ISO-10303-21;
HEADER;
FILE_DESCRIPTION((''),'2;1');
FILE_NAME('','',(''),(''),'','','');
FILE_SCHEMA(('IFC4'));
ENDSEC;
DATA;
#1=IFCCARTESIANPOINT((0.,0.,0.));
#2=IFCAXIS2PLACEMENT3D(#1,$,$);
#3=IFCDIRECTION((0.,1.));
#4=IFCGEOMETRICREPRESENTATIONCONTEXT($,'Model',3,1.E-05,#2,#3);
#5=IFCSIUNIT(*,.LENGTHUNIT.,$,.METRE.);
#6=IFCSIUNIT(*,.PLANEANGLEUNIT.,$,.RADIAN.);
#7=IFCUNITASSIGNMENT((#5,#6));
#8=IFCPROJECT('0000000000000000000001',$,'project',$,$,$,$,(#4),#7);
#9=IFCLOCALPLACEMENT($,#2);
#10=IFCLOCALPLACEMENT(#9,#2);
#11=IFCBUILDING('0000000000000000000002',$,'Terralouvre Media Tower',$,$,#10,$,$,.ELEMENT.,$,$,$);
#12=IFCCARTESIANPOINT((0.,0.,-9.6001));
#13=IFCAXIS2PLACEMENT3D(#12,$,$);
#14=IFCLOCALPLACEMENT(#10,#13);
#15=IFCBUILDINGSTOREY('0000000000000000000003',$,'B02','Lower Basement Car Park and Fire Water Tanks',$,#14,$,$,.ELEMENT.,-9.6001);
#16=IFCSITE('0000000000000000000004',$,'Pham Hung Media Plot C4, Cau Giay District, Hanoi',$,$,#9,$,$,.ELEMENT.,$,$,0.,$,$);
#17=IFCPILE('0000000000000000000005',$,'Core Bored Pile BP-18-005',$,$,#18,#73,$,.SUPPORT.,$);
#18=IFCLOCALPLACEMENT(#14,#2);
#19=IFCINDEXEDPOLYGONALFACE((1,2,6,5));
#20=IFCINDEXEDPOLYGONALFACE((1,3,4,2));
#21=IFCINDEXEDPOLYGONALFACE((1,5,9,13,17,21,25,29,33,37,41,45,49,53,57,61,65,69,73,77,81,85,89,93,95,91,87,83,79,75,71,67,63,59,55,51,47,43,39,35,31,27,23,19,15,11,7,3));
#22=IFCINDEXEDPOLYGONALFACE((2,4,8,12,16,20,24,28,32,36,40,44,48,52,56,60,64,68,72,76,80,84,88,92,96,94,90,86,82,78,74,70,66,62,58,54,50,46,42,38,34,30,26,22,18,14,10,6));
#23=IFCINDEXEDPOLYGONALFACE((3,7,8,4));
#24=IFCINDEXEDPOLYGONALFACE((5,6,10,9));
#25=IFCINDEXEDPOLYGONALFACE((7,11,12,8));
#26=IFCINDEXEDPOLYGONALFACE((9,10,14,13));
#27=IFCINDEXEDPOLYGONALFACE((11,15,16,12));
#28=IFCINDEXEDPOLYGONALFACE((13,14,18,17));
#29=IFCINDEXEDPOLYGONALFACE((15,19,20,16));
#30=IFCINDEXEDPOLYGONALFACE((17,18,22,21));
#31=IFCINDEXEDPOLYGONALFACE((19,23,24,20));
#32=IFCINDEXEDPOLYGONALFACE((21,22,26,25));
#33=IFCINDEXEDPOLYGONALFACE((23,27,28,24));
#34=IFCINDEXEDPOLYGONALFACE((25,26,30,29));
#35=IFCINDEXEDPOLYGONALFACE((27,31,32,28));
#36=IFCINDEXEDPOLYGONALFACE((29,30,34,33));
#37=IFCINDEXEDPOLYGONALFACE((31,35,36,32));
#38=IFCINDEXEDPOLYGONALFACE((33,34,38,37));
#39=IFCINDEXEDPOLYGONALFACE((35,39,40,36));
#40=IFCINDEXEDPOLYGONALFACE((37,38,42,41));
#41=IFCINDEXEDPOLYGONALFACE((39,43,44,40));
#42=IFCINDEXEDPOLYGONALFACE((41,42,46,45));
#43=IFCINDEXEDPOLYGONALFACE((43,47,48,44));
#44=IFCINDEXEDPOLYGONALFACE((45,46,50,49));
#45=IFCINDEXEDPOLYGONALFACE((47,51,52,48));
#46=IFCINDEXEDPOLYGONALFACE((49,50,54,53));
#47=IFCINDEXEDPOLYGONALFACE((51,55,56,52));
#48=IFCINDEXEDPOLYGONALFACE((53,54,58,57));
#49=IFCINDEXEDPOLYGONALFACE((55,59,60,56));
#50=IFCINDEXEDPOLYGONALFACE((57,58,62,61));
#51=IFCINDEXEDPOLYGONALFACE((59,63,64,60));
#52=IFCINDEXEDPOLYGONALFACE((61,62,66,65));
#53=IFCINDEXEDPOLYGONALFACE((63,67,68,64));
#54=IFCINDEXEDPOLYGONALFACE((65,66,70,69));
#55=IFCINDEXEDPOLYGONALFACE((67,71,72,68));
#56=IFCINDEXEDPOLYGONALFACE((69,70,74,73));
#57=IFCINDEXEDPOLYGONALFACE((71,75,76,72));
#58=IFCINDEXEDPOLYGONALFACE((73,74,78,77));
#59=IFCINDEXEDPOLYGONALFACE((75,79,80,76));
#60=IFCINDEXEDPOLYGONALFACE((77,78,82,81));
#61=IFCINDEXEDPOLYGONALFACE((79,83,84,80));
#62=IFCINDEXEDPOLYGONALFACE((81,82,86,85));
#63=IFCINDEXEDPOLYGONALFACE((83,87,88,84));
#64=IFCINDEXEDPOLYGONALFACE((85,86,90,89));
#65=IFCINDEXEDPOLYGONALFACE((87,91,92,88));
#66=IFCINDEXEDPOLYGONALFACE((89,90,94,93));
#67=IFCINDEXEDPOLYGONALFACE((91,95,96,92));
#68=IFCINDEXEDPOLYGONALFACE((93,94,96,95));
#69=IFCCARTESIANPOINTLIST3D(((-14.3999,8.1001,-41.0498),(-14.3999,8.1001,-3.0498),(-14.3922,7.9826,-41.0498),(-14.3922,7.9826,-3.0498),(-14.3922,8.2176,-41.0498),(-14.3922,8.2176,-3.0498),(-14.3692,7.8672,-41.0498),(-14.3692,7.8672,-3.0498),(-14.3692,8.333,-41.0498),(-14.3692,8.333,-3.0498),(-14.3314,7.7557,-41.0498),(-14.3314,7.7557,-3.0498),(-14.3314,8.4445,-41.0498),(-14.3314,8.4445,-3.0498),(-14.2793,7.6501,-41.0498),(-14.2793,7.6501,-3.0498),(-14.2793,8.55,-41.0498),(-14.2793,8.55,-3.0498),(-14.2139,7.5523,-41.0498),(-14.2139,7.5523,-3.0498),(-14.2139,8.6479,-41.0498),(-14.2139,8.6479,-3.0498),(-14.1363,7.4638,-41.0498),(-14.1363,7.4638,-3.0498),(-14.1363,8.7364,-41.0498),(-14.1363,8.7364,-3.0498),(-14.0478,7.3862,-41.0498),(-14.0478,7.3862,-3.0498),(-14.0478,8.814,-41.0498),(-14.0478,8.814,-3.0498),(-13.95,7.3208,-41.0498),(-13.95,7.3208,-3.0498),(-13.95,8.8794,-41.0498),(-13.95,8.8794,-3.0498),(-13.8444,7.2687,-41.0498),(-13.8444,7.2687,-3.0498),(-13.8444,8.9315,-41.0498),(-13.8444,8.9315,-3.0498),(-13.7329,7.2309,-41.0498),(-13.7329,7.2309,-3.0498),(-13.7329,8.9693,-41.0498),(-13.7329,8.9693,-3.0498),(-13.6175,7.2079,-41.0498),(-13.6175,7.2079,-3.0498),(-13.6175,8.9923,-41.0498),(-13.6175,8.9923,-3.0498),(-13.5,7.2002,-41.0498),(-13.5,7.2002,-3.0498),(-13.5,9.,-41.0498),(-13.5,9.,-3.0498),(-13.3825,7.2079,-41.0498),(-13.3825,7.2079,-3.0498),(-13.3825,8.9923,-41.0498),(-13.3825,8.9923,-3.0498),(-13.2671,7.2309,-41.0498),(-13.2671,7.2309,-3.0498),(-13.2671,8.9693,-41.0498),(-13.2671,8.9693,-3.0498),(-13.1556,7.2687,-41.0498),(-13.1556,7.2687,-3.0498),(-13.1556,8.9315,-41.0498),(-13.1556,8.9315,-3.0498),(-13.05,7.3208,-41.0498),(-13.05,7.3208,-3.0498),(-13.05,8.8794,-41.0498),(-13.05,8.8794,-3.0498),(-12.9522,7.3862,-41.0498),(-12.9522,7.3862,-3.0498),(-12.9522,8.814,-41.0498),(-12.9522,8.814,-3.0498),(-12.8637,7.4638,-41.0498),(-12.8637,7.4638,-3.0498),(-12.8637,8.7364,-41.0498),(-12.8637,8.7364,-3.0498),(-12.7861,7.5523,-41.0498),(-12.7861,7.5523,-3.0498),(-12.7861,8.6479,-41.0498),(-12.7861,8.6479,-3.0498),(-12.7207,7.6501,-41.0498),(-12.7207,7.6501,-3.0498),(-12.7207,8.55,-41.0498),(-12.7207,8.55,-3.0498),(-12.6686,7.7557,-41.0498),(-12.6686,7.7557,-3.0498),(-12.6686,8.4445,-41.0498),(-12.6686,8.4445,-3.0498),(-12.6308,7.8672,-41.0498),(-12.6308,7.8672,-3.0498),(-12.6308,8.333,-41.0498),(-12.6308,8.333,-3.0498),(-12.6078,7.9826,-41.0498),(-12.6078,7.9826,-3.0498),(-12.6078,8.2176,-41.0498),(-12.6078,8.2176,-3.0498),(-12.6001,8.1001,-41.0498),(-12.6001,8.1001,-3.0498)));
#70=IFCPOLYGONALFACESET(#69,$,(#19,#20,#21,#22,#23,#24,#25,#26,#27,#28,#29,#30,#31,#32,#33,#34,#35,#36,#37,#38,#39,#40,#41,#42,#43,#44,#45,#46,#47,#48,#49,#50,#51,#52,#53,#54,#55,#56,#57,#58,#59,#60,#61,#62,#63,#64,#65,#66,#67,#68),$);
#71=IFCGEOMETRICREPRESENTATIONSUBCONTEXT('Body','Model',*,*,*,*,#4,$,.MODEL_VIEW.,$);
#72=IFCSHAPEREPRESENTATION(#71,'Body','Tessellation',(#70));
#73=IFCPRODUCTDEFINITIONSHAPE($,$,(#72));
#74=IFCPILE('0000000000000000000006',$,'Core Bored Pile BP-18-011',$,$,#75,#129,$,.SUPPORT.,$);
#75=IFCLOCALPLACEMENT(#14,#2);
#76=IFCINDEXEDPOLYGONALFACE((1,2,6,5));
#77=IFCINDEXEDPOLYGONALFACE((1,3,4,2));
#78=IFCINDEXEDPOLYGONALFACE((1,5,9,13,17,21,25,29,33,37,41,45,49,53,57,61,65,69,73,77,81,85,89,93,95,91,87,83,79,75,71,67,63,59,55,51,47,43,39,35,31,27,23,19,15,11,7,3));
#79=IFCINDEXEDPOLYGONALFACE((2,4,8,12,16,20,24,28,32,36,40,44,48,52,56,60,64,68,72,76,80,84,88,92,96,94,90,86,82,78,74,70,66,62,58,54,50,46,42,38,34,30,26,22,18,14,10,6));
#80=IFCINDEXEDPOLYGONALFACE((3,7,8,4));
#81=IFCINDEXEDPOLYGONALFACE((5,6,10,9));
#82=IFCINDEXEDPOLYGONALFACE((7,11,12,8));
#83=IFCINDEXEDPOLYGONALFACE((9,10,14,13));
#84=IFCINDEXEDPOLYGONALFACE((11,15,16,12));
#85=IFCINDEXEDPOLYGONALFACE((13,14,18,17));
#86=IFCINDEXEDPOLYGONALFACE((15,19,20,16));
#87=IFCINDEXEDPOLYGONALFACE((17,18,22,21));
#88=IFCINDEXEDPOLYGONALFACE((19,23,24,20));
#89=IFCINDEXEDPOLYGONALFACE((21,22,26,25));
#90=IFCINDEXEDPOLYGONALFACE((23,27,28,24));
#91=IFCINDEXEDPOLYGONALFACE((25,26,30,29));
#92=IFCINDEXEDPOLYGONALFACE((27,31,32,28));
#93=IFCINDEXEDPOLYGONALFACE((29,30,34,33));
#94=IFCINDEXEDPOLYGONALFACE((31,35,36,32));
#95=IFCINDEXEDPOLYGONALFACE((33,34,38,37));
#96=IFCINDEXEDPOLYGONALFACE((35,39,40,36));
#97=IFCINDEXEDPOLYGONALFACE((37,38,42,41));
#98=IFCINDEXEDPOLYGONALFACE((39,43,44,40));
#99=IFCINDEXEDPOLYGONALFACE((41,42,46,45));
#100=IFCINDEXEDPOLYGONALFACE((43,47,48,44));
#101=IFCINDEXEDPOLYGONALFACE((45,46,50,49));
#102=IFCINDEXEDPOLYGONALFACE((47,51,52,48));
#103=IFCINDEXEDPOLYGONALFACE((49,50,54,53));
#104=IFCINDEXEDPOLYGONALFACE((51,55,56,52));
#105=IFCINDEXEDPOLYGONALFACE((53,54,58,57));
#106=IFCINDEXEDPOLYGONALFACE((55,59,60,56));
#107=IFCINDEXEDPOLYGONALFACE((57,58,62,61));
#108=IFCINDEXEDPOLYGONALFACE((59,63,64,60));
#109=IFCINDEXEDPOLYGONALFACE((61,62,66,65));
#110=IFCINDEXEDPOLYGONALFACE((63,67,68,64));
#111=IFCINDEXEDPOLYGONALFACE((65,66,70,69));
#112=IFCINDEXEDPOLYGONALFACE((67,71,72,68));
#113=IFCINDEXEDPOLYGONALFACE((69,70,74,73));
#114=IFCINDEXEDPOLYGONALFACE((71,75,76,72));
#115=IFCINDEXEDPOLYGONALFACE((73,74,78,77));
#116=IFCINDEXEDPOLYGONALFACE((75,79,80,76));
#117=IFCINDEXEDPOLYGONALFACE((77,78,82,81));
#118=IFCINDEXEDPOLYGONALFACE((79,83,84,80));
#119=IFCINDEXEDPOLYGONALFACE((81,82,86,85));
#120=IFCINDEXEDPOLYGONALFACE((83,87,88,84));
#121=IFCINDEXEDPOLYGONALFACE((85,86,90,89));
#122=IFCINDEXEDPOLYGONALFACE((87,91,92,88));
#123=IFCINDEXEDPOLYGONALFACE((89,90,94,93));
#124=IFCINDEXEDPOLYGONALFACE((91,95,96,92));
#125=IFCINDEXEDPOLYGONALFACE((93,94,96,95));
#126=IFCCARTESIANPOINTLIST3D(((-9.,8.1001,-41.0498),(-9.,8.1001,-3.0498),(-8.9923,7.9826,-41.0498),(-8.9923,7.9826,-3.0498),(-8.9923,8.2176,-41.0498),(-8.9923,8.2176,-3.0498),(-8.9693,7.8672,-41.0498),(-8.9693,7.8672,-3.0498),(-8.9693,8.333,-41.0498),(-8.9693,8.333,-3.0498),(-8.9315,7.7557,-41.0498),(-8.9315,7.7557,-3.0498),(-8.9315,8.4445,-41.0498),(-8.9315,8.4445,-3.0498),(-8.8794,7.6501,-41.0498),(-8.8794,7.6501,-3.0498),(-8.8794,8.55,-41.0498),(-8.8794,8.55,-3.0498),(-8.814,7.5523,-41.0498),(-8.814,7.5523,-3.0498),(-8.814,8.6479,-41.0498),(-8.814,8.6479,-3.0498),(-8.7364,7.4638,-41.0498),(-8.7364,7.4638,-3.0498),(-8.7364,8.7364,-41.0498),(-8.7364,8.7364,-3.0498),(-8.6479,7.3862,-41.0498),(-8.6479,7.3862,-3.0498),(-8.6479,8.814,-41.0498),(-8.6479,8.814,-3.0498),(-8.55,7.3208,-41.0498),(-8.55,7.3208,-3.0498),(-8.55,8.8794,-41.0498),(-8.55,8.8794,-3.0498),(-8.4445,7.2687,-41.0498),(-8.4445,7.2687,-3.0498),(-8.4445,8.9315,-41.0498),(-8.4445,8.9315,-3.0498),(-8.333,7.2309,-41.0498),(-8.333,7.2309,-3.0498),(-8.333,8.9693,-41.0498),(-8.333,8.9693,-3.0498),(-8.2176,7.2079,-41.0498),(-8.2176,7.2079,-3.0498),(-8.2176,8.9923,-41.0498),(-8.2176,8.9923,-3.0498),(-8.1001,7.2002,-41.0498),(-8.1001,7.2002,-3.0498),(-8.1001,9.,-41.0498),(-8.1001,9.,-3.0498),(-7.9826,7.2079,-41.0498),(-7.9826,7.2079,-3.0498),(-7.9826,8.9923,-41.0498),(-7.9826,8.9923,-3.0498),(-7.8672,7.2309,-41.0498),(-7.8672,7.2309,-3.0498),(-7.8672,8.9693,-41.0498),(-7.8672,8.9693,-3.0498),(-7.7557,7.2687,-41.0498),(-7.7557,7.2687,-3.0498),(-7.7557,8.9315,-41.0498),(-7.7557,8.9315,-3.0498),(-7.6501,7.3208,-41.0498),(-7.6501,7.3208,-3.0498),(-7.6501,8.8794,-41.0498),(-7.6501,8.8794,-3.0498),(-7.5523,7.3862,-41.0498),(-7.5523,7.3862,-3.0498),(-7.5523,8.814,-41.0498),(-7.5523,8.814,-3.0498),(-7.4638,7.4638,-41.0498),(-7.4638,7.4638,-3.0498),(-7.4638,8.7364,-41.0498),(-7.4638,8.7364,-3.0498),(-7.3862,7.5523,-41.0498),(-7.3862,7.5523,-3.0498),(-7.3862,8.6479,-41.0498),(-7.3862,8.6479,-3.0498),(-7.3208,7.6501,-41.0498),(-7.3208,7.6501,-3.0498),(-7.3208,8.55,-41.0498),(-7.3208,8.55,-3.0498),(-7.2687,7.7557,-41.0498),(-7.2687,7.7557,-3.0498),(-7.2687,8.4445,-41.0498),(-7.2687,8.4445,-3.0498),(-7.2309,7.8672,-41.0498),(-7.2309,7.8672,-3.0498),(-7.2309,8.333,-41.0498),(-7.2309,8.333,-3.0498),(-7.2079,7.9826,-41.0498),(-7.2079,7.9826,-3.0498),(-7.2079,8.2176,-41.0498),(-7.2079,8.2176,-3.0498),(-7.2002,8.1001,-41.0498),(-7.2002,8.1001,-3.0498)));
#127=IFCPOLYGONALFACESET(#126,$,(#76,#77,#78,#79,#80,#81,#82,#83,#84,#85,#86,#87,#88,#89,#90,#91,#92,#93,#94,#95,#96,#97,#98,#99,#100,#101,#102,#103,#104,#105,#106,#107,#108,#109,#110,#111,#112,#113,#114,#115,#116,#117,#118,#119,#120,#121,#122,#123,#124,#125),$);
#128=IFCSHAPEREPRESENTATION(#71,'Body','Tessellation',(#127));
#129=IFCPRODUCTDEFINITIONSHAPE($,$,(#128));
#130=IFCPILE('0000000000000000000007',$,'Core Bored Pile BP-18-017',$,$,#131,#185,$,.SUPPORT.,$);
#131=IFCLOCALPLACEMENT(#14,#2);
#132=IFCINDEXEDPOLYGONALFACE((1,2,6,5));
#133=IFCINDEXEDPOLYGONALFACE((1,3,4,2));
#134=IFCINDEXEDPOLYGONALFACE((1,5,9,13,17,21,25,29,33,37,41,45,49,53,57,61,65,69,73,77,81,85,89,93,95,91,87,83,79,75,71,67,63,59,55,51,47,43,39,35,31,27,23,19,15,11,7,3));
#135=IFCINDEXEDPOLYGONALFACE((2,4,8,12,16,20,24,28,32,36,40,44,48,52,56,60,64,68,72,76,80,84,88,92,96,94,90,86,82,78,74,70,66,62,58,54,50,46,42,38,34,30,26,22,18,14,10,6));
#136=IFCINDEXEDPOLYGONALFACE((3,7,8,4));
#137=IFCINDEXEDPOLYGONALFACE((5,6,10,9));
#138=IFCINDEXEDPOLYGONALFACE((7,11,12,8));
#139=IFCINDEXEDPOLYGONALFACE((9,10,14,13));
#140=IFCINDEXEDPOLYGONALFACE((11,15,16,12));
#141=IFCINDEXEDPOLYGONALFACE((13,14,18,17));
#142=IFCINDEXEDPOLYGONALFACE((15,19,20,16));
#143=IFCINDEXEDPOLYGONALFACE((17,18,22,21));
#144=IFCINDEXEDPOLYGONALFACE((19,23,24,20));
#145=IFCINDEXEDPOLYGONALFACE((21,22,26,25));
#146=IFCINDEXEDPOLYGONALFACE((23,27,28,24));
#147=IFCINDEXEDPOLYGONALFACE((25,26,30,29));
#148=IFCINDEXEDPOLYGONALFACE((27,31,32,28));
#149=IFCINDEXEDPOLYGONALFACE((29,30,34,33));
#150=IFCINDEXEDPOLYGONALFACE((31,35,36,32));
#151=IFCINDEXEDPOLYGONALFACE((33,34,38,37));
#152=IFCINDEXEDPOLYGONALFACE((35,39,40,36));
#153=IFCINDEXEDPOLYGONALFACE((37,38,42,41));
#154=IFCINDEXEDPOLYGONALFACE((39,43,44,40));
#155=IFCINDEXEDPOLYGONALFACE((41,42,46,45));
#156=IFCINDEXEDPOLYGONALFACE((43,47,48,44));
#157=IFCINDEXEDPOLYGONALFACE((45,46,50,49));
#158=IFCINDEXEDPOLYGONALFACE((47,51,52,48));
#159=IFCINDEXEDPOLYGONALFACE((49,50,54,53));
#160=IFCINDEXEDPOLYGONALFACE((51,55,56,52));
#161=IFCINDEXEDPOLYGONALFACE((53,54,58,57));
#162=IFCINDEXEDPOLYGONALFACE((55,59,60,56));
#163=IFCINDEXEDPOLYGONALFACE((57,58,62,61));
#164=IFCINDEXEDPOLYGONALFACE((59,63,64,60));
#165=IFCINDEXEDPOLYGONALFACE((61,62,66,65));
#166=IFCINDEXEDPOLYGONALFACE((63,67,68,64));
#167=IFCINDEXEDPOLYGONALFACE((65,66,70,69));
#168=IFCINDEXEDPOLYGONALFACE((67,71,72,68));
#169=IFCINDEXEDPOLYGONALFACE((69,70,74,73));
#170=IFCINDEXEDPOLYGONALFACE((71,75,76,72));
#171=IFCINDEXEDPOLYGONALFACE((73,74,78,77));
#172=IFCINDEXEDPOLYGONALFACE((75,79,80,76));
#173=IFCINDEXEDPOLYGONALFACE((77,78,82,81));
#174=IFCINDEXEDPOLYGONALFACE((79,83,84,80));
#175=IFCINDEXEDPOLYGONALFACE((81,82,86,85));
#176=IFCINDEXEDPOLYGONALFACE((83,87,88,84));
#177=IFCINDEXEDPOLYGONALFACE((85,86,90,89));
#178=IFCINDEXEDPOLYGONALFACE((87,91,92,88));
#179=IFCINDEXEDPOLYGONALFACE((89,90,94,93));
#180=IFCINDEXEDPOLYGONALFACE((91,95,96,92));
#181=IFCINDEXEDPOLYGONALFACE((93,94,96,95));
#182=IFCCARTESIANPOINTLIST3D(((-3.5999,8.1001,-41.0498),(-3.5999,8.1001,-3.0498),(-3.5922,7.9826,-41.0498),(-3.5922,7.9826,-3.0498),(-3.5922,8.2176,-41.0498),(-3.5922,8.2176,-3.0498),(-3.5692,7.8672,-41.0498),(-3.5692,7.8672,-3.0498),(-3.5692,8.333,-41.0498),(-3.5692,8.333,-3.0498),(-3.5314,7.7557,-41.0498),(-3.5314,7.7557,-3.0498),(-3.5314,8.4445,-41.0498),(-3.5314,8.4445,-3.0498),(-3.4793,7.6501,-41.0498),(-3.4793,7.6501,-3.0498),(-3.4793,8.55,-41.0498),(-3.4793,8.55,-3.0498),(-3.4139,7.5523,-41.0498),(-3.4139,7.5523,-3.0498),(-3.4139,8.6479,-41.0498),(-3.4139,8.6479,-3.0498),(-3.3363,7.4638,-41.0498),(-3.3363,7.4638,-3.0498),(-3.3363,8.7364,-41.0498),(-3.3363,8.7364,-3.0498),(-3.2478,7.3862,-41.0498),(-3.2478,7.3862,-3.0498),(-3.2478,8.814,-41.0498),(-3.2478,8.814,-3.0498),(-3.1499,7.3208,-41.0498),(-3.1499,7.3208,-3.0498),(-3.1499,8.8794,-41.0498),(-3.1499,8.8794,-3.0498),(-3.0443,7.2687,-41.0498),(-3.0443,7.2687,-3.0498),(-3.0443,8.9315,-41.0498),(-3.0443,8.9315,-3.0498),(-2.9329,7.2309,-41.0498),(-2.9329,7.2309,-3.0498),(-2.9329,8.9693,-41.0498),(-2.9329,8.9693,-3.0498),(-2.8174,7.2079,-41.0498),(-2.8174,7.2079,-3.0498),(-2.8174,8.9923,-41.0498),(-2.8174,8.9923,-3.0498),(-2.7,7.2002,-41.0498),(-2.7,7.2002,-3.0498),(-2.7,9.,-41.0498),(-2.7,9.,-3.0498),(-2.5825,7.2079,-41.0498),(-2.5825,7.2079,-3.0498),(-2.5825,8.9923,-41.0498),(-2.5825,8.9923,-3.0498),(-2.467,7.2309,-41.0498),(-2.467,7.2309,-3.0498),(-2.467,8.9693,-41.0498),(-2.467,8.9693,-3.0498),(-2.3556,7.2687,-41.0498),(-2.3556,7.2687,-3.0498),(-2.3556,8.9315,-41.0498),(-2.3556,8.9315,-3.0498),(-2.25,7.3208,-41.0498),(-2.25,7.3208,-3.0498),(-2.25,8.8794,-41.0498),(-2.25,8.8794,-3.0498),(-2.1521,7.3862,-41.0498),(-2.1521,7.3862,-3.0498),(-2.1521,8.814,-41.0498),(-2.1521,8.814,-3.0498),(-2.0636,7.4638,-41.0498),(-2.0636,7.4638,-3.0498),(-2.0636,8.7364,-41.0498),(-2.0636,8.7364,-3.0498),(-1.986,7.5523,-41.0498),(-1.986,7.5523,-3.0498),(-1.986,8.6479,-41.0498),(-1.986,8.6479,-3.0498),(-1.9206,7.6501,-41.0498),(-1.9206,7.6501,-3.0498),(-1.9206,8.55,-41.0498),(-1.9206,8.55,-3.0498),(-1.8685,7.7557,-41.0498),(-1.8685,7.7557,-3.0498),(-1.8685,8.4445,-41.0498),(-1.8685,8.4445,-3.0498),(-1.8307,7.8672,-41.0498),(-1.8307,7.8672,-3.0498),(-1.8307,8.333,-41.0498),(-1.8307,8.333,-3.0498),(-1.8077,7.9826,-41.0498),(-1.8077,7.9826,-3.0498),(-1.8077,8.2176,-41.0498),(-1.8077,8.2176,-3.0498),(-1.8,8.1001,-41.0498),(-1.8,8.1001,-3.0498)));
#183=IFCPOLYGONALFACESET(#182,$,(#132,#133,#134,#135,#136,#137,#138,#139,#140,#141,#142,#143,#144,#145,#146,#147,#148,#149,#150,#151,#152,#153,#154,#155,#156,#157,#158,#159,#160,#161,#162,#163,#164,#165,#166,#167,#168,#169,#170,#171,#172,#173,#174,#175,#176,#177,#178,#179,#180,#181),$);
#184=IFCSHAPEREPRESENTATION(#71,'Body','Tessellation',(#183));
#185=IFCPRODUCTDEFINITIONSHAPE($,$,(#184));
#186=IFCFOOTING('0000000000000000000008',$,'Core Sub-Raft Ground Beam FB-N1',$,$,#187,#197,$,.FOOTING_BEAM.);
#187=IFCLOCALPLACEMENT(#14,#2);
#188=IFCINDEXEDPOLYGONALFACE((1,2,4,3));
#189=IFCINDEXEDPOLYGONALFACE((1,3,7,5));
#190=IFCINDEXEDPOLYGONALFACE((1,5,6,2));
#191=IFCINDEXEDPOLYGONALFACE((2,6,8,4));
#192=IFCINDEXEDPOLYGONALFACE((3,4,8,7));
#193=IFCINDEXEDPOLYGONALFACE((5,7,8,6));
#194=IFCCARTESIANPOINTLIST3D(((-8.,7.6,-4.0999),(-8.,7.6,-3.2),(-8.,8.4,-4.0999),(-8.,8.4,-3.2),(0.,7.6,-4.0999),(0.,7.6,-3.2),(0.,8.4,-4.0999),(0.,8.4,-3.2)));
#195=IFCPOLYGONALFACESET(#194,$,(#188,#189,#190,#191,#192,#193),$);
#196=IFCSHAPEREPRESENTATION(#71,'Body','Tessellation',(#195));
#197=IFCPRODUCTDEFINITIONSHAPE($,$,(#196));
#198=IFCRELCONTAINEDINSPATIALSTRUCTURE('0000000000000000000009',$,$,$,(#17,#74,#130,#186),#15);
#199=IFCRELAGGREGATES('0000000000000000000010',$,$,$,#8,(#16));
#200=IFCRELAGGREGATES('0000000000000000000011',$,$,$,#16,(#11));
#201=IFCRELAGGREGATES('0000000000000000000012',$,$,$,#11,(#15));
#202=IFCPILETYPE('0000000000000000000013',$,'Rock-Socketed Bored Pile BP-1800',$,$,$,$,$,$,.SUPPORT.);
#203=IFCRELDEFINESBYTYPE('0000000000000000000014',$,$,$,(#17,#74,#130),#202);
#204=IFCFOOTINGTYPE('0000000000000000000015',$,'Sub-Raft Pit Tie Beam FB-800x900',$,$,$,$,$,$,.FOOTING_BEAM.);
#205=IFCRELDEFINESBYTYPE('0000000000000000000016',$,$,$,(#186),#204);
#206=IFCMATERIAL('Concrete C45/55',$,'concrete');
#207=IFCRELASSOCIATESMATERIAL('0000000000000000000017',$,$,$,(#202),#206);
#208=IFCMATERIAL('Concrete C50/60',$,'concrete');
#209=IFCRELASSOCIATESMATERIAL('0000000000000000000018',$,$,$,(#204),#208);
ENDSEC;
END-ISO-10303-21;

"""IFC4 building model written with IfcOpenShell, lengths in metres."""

from ifc_helpers import new_model, si_unit, direction, frame, origin, origin_2d, place, context, subcontext, project, spatial, rectangle, circle, extrude, material, material_profile, profile_set, type_object, element, save


model = new_model("IFC4")

# Units and contexts
model_context = context("Model", 3, precision=1e-05, world=origin(), true_north=direction((0.0, 1.0)))
body_context = subcontext(model_context, "Body", "Model", "MODEL_VIEW")
ifc_project = project(units=[si_unit("LENGTHUNIT", "METRE"), si_unit("PLANEANGLEUNIT", "RADIAN")], contexts=[model_context])

# Site, building, storey
site_placement = place(None, origin())
site = spatial("IfcSite", under=ifc_project, at=site_placement, Name="Pham Hung Media Plot C4, Cau Giay District, Hanoi", CompositionType="ELEMENT", RefElevation=0.0)
building_placement = place(site_placement, origin())
building = spatial("IfcBuilding", under=site, at=building_placement, Name="Terralouvre Media Tower", CompositionType="ELEMENT")
storey_placement = place(building_placement, frame((0.0, 0.0, -9.6001)))
storey = spatial("IfcBuildingStorey", under=building, at=storey_placement, Name="B02", Description="Lower Basement Car Park and Fire Water Tanks", CompositionType="ELEMENT", Elevation=-9.6001)

# Piles
ifc_material_1 = material(Name="Concrete C45/55", Category="concrete")
ifc_material_profile_1 = material_profile(ifc_material_1, circle(Radius=0.8999, at=origin_2d()), Name="BORED PILE 1800")
ifc_profile_set_1 = profile_set([ifc_material_profile_1], Name="Concrete C45/55")
pile_type = type_object("IfcPileType", Name="Rock-Socketed Bored Pile BP-1800", PredefinedType="SUPPORT", material=ifc_profile_set_1)
for number, where, z_axis, x_axis, name in (
    (1, (-13.5, 8.1001, -3.0498), (0.0, 0.0, -1.0), (1.0, 0.0, 0.0), "Core Bored Pile BP-18-005"),
    (2, (-8.1001, 8.1001, -3.0498), (0.0, 0.0, -1.0), (1.0, 0.0, 0.0), "Core Bored Pile BP-18-011"),
    (3, (-2.7, 8.1001, -3.0498), (0.0, 0.0, -1.0), (1.0, 0.0, 0.0), "Core Bored Pile BP-18-017"),
):
    element("IfcPile", number, at=place(storey_placement, frame(where, z_axis=z_axis, x_axis=x_axis)), inside=storey, type_object=pile_type, Name=name, PredefinedType="SUPPORT", context=body_context, shape_type="SweptSolid", body=[
        extrude(circle(Radius=0.8999, at=origin_2d()), origin(), (0.0, 0.0, 1.0), 38.0),
    ])

# Footing
ifc_material_2 = material(Name="Concrete C50/60", Category="concrete")
ifc_material_profile_2 = material_profile(ifc_material_2, rectangle(XDim=0.8, YDim=0.8999, at=origin_2d()), Name="FB 800x900")
ifc_profile_set_2 = profile_set([ifc_material_profile_2], Name="Concrete C50/60")
footing_type = type_object("IfcFootingType", Name="Sub-Raft Pit Tie Beam FB-800x900", PredefinedType="FOOTING_BEAM", material=ifc_profile_set_2)
footing_placement = place(storey_placement, frame((-8.0, 8.0, -3.6499), z_axis=(1.0, 0.0, 0.0), x_axis=(0.0, 1.0, 0.0)))
element("IfcFooting", 4, at=footing_placement, inside=storey, type_object=footing_type, Name="Core Sub-Raft Ground Beam FB-N1", PredefinedType="FOOTING_BEAM", context=body_context, shape_type="SweptSolid", body=[
    extrude(rectangle(XDim=0.8, YDim=0.8999, at=origin_2d()), origin(), (0.0, 0.0, 1.0), 8.0),
])

save(model, "model.ifc")
